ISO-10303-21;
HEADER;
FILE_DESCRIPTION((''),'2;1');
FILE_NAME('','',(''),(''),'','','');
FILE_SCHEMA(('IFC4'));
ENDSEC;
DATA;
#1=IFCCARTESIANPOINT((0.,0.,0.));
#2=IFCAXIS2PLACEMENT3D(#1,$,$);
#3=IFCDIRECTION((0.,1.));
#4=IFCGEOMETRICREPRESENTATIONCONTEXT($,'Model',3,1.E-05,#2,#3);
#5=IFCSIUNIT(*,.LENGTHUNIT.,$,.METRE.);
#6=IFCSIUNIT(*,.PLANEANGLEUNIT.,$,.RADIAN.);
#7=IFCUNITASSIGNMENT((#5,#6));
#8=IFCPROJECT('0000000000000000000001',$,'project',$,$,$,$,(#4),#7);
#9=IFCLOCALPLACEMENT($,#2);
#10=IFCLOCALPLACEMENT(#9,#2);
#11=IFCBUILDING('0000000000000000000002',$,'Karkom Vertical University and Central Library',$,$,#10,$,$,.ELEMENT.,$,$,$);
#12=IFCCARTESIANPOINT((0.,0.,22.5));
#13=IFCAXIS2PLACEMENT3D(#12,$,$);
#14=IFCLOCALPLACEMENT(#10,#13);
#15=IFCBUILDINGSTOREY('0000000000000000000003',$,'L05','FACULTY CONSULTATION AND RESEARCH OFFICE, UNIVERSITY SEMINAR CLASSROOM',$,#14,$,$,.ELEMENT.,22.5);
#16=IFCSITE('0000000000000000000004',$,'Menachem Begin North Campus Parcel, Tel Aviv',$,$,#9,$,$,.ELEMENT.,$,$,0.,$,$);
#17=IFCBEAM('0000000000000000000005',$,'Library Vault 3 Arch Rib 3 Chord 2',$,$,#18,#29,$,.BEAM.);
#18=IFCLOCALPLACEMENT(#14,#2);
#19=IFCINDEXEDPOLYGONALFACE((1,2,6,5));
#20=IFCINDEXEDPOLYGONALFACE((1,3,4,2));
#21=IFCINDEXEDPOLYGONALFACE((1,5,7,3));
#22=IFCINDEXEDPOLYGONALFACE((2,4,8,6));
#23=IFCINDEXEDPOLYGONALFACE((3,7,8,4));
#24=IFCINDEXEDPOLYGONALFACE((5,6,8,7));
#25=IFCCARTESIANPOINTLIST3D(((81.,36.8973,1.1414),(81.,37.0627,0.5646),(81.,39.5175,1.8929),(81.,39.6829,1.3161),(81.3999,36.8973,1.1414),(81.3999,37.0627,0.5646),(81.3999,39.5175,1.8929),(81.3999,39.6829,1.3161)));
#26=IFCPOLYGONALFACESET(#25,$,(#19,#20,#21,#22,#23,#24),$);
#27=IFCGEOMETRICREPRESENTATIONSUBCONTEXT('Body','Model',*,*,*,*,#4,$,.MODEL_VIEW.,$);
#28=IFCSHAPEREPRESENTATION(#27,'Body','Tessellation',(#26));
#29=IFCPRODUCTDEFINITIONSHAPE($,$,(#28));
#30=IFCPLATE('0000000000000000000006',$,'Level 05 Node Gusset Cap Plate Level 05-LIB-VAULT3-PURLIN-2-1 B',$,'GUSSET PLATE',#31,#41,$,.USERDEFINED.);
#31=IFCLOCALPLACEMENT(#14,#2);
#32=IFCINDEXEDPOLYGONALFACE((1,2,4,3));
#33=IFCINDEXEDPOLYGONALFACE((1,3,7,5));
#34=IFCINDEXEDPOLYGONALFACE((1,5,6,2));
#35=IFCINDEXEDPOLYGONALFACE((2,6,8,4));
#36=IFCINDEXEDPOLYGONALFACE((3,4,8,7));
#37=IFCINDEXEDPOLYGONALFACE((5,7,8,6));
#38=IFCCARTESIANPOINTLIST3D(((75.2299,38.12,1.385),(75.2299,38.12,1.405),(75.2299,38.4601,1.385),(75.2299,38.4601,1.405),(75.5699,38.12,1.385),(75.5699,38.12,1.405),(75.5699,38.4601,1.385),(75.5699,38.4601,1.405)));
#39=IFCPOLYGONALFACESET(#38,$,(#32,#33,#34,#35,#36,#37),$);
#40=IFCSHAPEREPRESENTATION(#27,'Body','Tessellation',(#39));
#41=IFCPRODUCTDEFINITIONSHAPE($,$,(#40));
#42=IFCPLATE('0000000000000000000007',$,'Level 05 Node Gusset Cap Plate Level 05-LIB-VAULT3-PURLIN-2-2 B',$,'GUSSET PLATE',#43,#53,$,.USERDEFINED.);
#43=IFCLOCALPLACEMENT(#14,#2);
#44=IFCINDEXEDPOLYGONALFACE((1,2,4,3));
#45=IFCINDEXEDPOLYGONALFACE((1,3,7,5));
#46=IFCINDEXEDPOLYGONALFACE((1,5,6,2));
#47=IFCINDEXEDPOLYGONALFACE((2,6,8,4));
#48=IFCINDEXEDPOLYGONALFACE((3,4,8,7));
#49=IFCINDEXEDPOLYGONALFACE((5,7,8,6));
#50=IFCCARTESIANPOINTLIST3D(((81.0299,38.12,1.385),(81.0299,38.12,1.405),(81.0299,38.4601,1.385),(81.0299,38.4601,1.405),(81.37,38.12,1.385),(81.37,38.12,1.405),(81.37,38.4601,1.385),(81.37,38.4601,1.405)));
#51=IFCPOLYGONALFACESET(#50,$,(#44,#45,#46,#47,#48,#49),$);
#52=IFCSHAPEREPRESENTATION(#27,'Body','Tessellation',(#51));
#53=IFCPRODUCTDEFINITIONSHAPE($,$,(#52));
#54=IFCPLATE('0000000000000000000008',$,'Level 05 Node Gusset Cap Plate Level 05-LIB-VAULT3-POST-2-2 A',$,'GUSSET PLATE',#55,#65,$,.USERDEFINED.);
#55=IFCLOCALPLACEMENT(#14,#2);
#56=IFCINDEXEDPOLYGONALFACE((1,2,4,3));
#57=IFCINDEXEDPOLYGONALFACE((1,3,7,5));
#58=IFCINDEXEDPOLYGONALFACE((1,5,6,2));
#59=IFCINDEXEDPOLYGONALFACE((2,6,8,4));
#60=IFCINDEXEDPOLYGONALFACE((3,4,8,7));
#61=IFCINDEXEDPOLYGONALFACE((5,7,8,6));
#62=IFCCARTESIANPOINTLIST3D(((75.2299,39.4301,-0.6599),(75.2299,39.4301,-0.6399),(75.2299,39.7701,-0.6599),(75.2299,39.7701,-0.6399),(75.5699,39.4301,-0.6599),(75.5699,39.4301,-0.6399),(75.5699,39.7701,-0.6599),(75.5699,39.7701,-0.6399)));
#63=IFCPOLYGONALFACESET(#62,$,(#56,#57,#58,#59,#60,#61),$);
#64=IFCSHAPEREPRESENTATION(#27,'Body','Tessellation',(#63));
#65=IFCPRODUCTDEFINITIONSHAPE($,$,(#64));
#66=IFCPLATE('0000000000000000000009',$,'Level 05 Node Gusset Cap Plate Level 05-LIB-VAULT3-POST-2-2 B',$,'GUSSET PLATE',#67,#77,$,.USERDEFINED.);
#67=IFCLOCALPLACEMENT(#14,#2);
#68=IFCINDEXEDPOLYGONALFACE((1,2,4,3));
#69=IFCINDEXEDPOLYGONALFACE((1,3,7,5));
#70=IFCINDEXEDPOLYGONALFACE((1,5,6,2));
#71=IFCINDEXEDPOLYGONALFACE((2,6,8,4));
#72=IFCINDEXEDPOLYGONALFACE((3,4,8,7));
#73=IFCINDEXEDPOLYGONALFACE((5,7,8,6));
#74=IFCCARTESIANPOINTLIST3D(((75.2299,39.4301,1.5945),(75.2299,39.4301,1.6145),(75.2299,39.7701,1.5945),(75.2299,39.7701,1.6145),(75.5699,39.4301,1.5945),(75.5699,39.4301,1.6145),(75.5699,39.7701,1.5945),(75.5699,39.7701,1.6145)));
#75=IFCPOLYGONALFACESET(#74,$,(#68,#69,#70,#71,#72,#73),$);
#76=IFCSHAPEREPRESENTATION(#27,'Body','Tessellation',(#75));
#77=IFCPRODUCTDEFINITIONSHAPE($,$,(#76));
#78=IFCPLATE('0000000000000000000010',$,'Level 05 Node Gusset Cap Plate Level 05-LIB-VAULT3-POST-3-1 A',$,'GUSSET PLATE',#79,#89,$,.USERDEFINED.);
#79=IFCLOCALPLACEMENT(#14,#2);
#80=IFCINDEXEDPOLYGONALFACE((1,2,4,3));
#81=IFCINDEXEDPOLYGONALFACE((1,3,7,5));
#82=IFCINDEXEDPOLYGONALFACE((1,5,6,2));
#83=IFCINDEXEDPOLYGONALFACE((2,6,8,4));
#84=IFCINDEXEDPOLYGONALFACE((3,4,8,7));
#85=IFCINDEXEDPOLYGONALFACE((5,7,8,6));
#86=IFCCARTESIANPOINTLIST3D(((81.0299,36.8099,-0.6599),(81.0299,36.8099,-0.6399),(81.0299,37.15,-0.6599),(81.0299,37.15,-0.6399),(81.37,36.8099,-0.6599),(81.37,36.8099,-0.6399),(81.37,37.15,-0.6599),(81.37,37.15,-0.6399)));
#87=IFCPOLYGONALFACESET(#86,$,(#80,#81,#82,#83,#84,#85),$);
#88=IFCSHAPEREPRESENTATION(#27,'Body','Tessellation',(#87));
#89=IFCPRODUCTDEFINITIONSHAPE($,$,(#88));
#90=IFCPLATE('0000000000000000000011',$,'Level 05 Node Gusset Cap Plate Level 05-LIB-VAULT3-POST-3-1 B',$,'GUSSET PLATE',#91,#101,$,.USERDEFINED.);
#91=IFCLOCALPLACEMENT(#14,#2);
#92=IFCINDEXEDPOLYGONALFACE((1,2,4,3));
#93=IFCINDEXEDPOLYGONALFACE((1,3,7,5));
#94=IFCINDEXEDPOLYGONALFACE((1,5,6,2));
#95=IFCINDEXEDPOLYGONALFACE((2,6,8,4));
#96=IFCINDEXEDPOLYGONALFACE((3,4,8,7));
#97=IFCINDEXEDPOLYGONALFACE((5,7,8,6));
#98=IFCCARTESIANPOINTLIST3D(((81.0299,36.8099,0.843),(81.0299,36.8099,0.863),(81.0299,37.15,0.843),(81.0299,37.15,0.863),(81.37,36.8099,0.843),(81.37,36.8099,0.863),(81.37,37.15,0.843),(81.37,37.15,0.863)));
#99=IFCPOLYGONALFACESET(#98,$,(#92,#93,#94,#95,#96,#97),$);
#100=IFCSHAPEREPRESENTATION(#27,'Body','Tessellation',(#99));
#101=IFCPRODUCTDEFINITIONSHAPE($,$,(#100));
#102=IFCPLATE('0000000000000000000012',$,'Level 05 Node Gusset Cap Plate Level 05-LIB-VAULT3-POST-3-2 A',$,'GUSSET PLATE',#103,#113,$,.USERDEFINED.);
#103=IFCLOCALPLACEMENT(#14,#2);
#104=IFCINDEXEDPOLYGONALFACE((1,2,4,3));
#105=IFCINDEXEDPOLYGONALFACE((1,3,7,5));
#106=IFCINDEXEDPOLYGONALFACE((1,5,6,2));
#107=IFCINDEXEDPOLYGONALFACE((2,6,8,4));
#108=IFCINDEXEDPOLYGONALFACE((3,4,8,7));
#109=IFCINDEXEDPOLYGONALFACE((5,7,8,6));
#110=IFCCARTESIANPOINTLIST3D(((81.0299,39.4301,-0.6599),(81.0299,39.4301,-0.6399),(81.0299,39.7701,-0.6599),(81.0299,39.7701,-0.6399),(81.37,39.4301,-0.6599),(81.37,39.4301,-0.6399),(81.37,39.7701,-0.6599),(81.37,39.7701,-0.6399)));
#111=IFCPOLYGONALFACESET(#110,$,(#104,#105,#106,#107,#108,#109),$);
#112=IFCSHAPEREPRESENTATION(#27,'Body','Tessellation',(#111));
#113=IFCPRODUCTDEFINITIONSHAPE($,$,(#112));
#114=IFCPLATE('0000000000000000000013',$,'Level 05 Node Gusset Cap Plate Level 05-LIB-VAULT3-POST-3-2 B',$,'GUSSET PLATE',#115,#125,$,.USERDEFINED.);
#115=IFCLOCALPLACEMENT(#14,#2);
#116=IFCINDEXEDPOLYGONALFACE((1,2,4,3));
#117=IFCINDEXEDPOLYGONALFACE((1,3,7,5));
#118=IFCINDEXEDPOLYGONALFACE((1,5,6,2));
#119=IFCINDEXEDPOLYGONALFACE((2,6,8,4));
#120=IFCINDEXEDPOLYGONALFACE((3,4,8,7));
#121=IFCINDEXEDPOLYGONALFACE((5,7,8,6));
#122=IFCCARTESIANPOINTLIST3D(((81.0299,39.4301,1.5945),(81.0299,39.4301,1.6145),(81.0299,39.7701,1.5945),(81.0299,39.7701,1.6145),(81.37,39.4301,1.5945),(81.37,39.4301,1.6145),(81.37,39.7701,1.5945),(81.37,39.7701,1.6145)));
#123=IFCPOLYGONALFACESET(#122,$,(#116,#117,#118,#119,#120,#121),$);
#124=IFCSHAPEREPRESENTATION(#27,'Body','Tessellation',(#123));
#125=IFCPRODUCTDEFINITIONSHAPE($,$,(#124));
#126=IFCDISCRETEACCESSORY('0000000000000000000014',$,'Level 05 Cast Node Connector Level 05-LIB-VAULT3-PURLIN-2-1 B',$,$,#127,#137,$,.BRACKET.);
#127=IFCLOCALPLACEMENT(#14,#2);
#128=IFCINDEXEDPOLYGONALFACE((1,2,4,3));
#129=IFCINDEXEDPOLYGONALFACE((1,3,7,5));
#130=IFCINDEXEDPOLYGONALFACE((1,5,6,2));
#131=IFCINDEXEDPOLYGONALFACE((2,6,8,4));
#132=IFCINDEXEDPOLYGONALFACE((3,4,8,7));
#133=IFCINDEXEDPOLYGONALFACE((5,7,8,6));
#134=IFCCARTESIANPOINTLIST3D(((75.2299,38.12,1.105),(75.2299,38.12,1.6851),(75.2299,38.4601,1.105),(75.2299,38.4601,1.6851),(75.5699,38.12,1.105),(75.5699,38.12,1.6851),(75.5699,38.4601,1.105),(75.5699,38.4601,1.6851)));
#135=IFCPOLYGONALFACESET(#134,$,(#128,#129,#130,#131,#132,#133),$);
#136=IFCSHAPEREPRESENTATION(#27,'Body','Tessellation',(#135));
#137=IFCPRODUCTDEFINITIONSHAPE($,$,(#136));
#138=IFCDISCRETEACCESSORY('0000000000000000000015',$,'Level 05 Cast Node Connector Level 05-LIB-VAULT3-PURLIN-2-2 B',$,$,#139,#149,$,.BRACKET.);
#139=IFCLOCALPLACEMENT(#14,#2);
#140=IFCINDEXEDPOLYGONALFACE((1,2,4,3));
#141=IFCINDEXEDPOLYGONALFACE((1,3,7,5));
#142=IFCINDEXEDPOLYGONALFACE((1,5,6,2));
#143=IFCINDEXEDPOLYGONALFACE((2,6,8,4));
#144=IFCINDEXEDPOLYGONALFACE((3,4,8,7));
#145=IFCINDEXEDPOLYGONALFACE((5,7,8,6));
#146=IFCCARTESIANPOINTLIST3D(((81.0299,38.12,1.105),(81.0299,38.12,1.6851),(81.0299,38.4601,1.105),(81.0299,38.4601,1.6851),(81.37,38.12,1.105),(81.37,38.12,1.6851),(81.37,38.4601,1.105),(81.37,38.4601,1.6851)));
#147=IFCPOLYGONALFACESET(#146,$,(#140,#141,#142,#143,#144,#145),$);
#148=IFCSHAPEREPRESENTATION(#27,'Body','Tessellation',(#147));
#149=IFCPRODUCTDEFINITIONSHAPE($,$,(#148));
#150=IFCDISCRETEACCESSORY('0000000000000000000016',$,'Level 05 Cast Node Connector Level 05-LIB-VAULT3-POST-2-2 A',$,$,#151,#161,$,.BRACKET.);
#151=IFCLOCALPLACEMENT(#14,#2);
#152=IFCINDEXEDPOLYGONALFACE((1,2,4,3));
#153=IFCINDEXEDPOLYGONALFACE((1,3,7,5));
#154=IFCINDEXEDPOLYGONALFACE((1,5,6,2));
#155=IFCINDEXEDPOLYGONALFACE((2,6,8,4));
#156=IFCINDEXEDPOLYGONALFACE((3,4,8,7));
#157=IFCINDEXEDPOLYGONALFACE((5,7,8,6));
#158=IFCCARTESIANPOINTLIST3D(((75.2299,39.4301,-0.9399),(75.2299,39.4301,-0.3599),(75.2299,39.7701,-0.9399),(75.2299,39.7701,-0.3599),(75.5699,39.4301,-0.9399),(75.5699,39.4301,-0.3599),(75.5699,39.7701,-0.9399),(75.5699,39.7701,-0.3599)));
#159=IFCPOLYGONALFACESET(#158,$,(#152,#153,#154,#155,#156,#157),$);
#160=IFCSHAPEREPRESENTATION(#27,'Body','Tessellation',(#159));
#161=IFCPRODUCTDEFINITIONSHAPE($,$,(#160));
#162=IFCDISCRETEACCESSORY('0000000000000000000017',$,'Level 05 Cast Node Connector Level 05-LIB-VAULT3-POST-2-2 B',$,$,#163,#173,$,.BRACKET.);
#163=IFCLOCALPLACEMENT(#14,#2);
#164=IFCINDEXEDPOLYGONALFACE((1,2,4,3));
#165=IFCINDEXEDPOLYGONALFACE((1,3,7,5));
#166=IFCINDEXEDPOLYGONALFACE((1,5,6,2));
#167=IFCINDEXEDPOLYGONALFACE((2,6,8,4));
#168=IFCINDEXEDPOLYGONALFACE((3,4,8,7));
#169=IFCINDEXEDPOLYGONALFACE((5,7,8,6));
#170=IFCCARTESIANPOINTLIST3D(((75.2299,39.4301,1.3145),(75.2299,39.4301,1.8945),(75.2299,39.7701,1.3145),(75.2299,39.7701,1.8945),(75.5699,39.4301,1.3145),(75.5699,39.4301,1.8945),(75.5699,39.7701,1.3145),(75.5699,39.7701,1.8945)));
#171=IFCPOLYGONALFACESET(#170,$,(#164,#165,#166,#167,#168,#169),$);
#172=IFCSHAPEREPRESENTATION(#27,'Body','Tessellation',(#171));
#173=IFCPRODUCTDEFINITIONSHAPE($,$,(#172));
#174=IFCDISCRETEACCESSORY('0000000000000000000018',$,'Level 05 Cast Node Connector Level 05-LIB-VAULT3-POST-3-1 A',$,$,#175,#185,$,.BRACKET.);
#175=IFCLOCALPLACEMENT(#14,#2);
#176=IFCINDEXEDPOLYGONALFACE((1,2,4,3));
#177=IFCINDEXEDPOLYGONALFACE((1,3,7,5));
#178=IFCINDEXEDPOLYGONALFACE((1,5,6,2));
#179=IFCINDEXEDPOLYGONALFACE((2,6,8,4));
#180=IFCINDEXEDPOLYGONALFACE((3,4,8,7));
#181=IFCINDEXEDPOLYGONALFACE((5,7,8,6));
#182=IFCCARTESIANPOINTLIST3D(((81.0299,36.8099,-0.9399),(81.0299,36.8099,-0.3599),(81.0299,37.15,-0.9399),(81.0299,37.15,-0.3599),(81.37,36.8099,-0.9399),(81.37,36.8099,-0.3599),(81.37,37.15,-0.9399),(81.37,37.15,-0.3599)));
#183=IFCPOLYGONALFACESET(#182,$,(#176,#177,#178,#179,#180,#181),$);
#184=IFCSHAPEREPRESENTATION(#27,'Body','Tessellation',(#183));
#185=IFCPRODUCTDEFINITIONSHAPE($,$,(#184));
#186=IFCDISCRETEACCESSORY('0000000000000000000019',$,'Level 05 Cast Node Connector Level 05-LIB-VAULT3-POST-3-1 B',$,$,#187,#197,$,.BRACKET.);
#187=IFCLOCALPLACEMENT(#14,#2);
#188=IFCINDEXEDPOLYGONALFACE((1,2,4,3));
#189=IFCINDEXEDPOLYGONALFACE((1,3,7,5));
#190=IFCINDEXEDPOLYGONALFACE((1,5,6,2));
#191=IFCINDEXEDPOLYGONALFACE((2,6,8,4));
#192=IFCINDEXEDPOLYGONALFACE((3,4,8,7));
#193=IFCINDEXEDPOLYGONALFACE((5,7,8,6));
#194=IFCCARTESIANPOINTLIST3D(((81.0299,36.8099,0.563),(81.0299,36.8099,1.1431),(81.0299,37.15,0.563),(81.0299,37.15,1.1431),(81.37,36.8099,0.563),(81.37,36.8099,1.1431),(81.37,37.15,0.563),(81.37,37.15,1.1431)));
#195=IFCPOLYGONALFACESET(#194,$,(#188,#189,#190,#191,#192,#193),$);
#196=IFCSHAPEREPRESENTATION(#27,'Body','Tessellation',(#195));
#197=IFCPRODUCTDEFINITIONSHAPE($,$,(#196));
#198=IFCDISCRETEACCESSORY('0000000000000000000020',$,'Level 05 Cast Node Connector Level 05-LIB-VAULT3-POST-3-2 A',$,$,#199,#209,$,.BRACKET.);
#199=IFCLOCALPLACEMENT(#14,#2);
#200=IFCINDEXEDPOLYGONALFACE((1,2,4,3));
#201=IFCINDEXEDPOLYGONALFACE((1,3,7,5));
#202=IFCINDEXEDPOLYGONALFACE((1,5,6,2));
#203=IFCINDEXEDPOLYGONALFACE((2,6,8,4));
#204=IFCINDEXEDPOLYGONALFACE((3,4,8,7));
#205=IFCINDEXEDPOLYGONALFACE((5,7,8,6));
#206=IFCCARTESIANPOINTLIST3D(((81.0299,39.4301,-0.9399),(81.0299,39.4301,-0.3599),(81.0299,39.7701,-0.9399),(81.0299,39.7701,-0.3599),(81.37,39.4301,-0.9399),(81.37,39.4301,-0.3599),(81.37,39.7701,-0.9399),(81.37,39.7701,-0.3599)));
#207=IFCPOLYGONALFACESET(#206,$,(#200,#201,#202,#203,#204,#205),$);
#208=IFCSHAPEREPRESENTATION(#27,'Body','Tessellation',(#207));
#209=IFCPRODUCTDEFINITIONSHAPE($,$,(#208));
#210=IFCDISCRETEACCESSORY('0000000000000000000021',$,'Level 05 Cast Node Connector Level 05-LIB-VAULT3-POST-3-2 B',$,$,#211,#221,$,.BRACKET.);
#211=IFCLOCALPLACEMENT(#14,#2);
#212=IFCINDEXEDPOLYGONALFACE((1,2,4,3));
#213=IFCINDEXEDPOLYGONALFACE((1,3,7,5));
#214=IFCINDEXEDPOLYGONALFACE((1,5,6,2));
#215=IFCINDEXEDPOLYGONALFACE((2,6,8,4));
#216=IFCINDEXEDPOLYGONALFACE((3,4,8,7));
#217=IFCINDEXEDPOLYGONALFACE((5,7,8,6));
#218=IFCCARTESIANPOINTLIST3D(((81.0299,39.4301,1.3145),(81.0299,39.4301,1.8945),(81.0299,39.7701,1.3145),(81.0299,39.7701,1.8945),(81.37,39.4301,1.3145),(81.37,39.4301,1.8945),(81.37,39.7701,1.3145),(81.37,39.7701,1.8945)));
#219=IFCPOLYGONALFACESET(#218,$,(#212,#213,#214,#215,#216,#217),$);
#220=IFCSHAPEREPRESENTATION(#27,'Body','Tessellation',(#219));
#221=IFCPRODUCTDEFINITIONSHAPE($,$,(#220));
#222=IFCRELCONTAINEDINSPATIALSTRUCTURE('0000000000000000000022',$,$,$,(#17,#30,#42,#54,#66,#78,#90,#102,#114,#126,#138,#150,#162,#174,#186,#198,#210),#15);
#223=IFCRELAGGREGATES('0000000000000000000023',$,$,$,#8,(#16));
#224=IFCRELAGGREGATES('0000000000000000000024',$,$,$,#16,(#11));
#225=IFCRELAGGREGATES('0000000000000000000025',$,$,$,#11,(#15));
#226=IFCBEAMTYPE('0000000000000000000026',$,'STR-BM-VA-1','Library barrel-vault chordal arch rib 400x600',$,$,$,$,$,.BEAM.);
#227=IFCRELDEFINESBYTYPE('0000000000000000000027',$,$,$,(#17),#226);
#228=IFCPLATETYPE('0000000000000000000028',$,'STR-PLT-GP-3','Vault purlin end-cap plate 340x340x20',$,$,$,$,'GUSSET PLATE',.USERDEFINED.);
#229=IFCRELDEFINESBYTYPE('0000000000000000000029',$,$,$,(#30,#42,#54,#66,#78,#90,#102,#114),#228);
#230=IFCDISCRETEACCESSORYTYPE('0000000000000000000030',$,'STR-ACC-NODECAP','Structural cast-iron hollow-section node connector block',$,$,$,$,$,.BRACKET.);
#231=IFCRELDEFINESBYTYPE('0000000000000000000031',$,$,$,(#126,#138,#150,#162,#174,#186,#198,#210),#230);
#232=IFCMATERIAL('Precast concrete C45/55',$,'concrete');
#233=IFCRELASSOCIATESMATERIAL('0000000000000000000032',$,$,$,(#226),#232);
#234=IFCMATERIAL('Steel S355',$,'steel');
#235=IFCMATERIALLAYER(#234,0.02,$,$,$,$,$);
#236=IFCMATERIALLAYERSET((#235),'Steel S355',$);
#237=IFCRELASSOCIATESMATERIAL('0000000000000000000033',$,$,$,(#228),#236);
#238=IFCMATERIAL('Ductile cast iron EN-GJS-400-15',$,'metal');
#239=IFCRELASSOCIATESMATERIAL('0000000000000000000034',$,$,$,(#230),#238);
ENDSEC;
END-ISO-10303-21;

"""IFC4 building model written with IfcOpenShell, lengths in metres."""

from ifc_helpers import new_model, si_unit, direction, frame, origin, origin_with_axes, origin_2d, place, context, subcontext, project, spatial, rectangle, extrude, source, transform, mapped, material, layer, layer_set, material_profile, profile_set, type_object, element, save


model = new_model("IFC4")

# Units and contexts
model_context = context("Model", 3, precision=1e-05, world=origin(), true_north=direction((0.0, 1.0)))
body_context = subcontext(model_context, "Body", "Model", "MODEL_VIEW")
ifc_project = project(units=[si_unit("LENGTHUNIT", "METRE"), si_unit("PLANEANGLEUNIT", "RADIAN")], contexts=[model_context])

# Site, building, storey
site_placement = place(None, origin())
site = spatial("IfcSite", under=ifc_project, at=site_placement, Name="Menachem Begin North Campus Parcel, Tel Aviv", CompositionType="ELEMENT", RefElevation=0.0)
building_placement = place(site_placement, origin())
building = spatial("IfcBuilding", under=site, at=building_placement, Name="Karkom Vertical University and Central Library", CompositionType="ELEMENT")
storey_placement = place(building_placement, frame((0.0, 0.0, 22.5)))
storey = spatial("IfcBuildingStorey", under=building, at=storey_placement, Name="L05", Description="FACULTY CONSULTATION AND RESEARCH OFFICE, UNIVERSITY SEMINAR CLASSROOM", CompositionType="ELEMENT", Elevation=22.5)

# Shared definitions
ifc_material_1 = material(Name="Steel S355", Category="steel")

# Beam
ifc_material_2 = material(Name="Precast concrete C45/55", Category="concrete")
ifc_material_profile_1 = material_profile(ifc_material_2, rectangle(XDim=0.3999, YDim=0.6001, at=origin_2d()), Name="RCB-400x600")
ifc_profile_set_1 = profile_set([ifc_material_profile_1], Name="Precast concrete C45/55")
beam_type = type_object("IfcBeamType", Name="STR-BM-VA-1", Description="Library barrel-vault chordal arch rib 400x600", PredefinedType="BEAM", material=ifc_profile_set_1)
shared_shape_1 = source(origin_with_axes(), body_context, "Body", "SweptSolid", [
    extrude(rectangle(XDim=0.3999, YDim=0.6001, at=origin_2d()), origin(), (0.0, 0.0, 1.0), 2.7258),
])
beam_placement = place(storey_placement, frame((81.2, 36.98, 0.853), z_axis=(0.0, 0.961246, 0.275691), x_axis=(-1.0, 0.0, 0.0)))
element("IfcBeam", 1, at=beam_placement, inside=storey, type_object=beam_type, Name="Library Vault 3 Arch Rib 3 Chord 2", PredefinedType="BEAM", context=body_context, shape_type="MappedRepresentation", body=[
    mapped(shared_shape_1, transform((0.0, 0.0, 0.0), scale=1.0)),
])

# Plates
ifc_layer = layer(ifc_material_1, 0.02)
ifc_layer_set = layer_set([ifc_layer], Name="Steel S355")
plate_type = type_object("IfcPlateType", Name="STR-PLT-GP-3", Description="Vault purlin end-cap plate 340x340x20", ElementType="GUSSET PLATE", PredefinedType="USERDEFINED", material=ifc_layer_set)
shared_shape_2 = source(origin_with_axes(), body_context, "Body", "SweptSolid", [
    extrude(rectangle(XDim=0.3401, YDim=0.3401, at=origin_2d()), origin(), (0.0, 0.0, 1.0), 0.02),
])
for number, where, z_axis, x_axis, name in (
    (2, (75.3999, 38.29, 1.385), (0.0, 0.0, 1.0), (1.0, 0.0, 0.0), "Level 05 Node Gusset Cap Plate Level 05-LIB-VAULT3-PURLIN-2-1 B"),
    (3, (81.2, 38.29, 1.385), (0.0, 0.0, 1.0), (1.0, 0.0, 0.0), "Level 05 Node Gusset Cap Plate Level 05-LIB-VAULT3-PURLIN-2-2 B"),
    (4, (75.3999, 39.6001, -0.6599), (0.0, 0.0, 1.0), (1.0, 0.0, 0.0), "Level 05 Node Gusset Cap Plate Level 05-LIB-VAULT3-POST-2-2 A"),
    (5, (75.3999, 39.6001, 1.5945), (0.0, 0.0, 1.0), (1.0, 0.0, 0.0), "Level 05 Node Gusset Cap Plate Level 05-LIB-VAULT3-POST-2-2 B"),
    (6, (81.2, 36.98, -0.6599), (0.0, 0.0, 1.0), (1.0, 0.0, 0.0), "Level 05 Node Gusset Cap Plate Level 05-LIB-VAULT3-POST-3-1 A"),
    (7, (81.2, 36.98, 0.843), (0.0, 0.0, 1.0), (1.0, 0.0, 0.0), "Level 05 Node Gusset Cap Plate Level 05-LIB-VAULT3-POST-3-1 B"),
    (8, (81.2, 39.6001, -0.6599), (0.0, 0.0, 1.0), (1.0, 0.0, 0.0), "Level 05 Node Gusset Cap Plate Level 05-LIB-VAULT3-POST-3-2 A"),
    (9, (81.2, 39.6001, 1.5945), (0.0, 0.0, 1.0), (1.0, 0.0, 0.0), "Level 05 Node Gusset Cap Plate Level 05-LIB-VAULT3-POST-3-2 B"),
):
    element("IfcPlate", number, at=place(storey_placement, frame(where, z_axis=z_axis, x_axis=x_axis)), inside=storey, type_object=plate_type, Name=name, ObjectType="GUSSET PLATE", PredefinedType="USERDEFINED", context=body_context, shape_type="MappedRepresentation", body=[
        mapped(shared_shape_2, transform((0.0, 0.0, 0.0), scale=1.0)),
    ])

# Discrete accessories
ifc_material_3 = material(Name="Ductile cast iron EN-GJS-400-15", Category="metal")
discrete_accessory_type = type_object("IfcDiscreteAccessoryType", Name="STR-ACC-NODECAP", Description="Structural cast-iron hollow-section node connector block", PredefinedType="BRACKET", material=ifc_material_3)
shared_shape_3 = source(origin_with_axes(), body_context, "Body", "SweptSolid", [
    extrude(rectangle(XDim=0.3401, YDim=0.3401, at=origin_2d()), origin(), (0.0, 0.0, 1.0), 0.5801),
])
for number, where, z_axis, x_axis, name in (
    (10, (75.3999, 38.29, 1.105), (0.0, 0.0, 1.0), (1.0, 0.0, 0.0), "Level 05 Cast Node Connector Level 05-LIB-VAULT3-PURLIN-2-1 B"),
    (11, (81.2, 38.29, 1.105), (0.0, 0.0, 1.0), (1.0, 0.0, 0.0), "Level 05 Cast Node Connector Level 05-LIB-VAULT3-PURLIN-2-2 B"),
    (12, (75.3999, 39.6001, -0.9399), (0.0, 0.0, 1.0), (1.0, 0.0, 0.0), "Level 05 Cast Node Connector Level 05-LIB-VAULT3-POST-2-2 A"),
    (13, (75.3999, 39.6001, 1.3145), (0.0, 0.0, 1.0), (1.0, 0.0, 0.0), "Level 05 Cast Node Connector Level 05-LIB-VAULT3-POST-2-2 B"),
    (14, (81.2, 36.98, -0.9399), (0.0, 0.0, 1.0), (1.0, 0.0, 0.0), "Level 05 Cast Node Connector Level 05-LIB-VAULT3-POST-3-1 A"),
    (15, (81.2, 36.98, 0.563), (0.0, 0.0, 1.0), (1.0, 0.0, 0.0), "Level 05 Cast Node Connector Level 05-LIB-VAULT3-POST-3-1 B"),
    (16, (81.2, 39.6001, -0.9399), (0.0, 0.0, 1.0), (1.0, 0.0, 0.0), "Level 05 Cast Node Connector Level 05-LIB-VAULT3-POST-3-2 A"),
    (17, (81.2, 39.6001, 1.3145), (0.0, 0.0, 1.0), (1.0, 0.0, 0.0), "Level 05 Cast Node Connector Level 05-LIB-VAULT3-POST-3-2 B"),
):
    element("IfcDiscreteAccessory", number, at=place(storey_placement, frame(where, z_axis=z_axis, x_axis=x_axis)), inside=storey, type_object=discrete_accessory_type, Name=name, PredefinedType="BRACKET", context=body_context, shape_type="MappedRepresentation", body=[
        mapped(shared_shape_3, transform((0.0, 0.0, 0.0), scale=1.0)),
    ])

save(model, "model.ifc")
